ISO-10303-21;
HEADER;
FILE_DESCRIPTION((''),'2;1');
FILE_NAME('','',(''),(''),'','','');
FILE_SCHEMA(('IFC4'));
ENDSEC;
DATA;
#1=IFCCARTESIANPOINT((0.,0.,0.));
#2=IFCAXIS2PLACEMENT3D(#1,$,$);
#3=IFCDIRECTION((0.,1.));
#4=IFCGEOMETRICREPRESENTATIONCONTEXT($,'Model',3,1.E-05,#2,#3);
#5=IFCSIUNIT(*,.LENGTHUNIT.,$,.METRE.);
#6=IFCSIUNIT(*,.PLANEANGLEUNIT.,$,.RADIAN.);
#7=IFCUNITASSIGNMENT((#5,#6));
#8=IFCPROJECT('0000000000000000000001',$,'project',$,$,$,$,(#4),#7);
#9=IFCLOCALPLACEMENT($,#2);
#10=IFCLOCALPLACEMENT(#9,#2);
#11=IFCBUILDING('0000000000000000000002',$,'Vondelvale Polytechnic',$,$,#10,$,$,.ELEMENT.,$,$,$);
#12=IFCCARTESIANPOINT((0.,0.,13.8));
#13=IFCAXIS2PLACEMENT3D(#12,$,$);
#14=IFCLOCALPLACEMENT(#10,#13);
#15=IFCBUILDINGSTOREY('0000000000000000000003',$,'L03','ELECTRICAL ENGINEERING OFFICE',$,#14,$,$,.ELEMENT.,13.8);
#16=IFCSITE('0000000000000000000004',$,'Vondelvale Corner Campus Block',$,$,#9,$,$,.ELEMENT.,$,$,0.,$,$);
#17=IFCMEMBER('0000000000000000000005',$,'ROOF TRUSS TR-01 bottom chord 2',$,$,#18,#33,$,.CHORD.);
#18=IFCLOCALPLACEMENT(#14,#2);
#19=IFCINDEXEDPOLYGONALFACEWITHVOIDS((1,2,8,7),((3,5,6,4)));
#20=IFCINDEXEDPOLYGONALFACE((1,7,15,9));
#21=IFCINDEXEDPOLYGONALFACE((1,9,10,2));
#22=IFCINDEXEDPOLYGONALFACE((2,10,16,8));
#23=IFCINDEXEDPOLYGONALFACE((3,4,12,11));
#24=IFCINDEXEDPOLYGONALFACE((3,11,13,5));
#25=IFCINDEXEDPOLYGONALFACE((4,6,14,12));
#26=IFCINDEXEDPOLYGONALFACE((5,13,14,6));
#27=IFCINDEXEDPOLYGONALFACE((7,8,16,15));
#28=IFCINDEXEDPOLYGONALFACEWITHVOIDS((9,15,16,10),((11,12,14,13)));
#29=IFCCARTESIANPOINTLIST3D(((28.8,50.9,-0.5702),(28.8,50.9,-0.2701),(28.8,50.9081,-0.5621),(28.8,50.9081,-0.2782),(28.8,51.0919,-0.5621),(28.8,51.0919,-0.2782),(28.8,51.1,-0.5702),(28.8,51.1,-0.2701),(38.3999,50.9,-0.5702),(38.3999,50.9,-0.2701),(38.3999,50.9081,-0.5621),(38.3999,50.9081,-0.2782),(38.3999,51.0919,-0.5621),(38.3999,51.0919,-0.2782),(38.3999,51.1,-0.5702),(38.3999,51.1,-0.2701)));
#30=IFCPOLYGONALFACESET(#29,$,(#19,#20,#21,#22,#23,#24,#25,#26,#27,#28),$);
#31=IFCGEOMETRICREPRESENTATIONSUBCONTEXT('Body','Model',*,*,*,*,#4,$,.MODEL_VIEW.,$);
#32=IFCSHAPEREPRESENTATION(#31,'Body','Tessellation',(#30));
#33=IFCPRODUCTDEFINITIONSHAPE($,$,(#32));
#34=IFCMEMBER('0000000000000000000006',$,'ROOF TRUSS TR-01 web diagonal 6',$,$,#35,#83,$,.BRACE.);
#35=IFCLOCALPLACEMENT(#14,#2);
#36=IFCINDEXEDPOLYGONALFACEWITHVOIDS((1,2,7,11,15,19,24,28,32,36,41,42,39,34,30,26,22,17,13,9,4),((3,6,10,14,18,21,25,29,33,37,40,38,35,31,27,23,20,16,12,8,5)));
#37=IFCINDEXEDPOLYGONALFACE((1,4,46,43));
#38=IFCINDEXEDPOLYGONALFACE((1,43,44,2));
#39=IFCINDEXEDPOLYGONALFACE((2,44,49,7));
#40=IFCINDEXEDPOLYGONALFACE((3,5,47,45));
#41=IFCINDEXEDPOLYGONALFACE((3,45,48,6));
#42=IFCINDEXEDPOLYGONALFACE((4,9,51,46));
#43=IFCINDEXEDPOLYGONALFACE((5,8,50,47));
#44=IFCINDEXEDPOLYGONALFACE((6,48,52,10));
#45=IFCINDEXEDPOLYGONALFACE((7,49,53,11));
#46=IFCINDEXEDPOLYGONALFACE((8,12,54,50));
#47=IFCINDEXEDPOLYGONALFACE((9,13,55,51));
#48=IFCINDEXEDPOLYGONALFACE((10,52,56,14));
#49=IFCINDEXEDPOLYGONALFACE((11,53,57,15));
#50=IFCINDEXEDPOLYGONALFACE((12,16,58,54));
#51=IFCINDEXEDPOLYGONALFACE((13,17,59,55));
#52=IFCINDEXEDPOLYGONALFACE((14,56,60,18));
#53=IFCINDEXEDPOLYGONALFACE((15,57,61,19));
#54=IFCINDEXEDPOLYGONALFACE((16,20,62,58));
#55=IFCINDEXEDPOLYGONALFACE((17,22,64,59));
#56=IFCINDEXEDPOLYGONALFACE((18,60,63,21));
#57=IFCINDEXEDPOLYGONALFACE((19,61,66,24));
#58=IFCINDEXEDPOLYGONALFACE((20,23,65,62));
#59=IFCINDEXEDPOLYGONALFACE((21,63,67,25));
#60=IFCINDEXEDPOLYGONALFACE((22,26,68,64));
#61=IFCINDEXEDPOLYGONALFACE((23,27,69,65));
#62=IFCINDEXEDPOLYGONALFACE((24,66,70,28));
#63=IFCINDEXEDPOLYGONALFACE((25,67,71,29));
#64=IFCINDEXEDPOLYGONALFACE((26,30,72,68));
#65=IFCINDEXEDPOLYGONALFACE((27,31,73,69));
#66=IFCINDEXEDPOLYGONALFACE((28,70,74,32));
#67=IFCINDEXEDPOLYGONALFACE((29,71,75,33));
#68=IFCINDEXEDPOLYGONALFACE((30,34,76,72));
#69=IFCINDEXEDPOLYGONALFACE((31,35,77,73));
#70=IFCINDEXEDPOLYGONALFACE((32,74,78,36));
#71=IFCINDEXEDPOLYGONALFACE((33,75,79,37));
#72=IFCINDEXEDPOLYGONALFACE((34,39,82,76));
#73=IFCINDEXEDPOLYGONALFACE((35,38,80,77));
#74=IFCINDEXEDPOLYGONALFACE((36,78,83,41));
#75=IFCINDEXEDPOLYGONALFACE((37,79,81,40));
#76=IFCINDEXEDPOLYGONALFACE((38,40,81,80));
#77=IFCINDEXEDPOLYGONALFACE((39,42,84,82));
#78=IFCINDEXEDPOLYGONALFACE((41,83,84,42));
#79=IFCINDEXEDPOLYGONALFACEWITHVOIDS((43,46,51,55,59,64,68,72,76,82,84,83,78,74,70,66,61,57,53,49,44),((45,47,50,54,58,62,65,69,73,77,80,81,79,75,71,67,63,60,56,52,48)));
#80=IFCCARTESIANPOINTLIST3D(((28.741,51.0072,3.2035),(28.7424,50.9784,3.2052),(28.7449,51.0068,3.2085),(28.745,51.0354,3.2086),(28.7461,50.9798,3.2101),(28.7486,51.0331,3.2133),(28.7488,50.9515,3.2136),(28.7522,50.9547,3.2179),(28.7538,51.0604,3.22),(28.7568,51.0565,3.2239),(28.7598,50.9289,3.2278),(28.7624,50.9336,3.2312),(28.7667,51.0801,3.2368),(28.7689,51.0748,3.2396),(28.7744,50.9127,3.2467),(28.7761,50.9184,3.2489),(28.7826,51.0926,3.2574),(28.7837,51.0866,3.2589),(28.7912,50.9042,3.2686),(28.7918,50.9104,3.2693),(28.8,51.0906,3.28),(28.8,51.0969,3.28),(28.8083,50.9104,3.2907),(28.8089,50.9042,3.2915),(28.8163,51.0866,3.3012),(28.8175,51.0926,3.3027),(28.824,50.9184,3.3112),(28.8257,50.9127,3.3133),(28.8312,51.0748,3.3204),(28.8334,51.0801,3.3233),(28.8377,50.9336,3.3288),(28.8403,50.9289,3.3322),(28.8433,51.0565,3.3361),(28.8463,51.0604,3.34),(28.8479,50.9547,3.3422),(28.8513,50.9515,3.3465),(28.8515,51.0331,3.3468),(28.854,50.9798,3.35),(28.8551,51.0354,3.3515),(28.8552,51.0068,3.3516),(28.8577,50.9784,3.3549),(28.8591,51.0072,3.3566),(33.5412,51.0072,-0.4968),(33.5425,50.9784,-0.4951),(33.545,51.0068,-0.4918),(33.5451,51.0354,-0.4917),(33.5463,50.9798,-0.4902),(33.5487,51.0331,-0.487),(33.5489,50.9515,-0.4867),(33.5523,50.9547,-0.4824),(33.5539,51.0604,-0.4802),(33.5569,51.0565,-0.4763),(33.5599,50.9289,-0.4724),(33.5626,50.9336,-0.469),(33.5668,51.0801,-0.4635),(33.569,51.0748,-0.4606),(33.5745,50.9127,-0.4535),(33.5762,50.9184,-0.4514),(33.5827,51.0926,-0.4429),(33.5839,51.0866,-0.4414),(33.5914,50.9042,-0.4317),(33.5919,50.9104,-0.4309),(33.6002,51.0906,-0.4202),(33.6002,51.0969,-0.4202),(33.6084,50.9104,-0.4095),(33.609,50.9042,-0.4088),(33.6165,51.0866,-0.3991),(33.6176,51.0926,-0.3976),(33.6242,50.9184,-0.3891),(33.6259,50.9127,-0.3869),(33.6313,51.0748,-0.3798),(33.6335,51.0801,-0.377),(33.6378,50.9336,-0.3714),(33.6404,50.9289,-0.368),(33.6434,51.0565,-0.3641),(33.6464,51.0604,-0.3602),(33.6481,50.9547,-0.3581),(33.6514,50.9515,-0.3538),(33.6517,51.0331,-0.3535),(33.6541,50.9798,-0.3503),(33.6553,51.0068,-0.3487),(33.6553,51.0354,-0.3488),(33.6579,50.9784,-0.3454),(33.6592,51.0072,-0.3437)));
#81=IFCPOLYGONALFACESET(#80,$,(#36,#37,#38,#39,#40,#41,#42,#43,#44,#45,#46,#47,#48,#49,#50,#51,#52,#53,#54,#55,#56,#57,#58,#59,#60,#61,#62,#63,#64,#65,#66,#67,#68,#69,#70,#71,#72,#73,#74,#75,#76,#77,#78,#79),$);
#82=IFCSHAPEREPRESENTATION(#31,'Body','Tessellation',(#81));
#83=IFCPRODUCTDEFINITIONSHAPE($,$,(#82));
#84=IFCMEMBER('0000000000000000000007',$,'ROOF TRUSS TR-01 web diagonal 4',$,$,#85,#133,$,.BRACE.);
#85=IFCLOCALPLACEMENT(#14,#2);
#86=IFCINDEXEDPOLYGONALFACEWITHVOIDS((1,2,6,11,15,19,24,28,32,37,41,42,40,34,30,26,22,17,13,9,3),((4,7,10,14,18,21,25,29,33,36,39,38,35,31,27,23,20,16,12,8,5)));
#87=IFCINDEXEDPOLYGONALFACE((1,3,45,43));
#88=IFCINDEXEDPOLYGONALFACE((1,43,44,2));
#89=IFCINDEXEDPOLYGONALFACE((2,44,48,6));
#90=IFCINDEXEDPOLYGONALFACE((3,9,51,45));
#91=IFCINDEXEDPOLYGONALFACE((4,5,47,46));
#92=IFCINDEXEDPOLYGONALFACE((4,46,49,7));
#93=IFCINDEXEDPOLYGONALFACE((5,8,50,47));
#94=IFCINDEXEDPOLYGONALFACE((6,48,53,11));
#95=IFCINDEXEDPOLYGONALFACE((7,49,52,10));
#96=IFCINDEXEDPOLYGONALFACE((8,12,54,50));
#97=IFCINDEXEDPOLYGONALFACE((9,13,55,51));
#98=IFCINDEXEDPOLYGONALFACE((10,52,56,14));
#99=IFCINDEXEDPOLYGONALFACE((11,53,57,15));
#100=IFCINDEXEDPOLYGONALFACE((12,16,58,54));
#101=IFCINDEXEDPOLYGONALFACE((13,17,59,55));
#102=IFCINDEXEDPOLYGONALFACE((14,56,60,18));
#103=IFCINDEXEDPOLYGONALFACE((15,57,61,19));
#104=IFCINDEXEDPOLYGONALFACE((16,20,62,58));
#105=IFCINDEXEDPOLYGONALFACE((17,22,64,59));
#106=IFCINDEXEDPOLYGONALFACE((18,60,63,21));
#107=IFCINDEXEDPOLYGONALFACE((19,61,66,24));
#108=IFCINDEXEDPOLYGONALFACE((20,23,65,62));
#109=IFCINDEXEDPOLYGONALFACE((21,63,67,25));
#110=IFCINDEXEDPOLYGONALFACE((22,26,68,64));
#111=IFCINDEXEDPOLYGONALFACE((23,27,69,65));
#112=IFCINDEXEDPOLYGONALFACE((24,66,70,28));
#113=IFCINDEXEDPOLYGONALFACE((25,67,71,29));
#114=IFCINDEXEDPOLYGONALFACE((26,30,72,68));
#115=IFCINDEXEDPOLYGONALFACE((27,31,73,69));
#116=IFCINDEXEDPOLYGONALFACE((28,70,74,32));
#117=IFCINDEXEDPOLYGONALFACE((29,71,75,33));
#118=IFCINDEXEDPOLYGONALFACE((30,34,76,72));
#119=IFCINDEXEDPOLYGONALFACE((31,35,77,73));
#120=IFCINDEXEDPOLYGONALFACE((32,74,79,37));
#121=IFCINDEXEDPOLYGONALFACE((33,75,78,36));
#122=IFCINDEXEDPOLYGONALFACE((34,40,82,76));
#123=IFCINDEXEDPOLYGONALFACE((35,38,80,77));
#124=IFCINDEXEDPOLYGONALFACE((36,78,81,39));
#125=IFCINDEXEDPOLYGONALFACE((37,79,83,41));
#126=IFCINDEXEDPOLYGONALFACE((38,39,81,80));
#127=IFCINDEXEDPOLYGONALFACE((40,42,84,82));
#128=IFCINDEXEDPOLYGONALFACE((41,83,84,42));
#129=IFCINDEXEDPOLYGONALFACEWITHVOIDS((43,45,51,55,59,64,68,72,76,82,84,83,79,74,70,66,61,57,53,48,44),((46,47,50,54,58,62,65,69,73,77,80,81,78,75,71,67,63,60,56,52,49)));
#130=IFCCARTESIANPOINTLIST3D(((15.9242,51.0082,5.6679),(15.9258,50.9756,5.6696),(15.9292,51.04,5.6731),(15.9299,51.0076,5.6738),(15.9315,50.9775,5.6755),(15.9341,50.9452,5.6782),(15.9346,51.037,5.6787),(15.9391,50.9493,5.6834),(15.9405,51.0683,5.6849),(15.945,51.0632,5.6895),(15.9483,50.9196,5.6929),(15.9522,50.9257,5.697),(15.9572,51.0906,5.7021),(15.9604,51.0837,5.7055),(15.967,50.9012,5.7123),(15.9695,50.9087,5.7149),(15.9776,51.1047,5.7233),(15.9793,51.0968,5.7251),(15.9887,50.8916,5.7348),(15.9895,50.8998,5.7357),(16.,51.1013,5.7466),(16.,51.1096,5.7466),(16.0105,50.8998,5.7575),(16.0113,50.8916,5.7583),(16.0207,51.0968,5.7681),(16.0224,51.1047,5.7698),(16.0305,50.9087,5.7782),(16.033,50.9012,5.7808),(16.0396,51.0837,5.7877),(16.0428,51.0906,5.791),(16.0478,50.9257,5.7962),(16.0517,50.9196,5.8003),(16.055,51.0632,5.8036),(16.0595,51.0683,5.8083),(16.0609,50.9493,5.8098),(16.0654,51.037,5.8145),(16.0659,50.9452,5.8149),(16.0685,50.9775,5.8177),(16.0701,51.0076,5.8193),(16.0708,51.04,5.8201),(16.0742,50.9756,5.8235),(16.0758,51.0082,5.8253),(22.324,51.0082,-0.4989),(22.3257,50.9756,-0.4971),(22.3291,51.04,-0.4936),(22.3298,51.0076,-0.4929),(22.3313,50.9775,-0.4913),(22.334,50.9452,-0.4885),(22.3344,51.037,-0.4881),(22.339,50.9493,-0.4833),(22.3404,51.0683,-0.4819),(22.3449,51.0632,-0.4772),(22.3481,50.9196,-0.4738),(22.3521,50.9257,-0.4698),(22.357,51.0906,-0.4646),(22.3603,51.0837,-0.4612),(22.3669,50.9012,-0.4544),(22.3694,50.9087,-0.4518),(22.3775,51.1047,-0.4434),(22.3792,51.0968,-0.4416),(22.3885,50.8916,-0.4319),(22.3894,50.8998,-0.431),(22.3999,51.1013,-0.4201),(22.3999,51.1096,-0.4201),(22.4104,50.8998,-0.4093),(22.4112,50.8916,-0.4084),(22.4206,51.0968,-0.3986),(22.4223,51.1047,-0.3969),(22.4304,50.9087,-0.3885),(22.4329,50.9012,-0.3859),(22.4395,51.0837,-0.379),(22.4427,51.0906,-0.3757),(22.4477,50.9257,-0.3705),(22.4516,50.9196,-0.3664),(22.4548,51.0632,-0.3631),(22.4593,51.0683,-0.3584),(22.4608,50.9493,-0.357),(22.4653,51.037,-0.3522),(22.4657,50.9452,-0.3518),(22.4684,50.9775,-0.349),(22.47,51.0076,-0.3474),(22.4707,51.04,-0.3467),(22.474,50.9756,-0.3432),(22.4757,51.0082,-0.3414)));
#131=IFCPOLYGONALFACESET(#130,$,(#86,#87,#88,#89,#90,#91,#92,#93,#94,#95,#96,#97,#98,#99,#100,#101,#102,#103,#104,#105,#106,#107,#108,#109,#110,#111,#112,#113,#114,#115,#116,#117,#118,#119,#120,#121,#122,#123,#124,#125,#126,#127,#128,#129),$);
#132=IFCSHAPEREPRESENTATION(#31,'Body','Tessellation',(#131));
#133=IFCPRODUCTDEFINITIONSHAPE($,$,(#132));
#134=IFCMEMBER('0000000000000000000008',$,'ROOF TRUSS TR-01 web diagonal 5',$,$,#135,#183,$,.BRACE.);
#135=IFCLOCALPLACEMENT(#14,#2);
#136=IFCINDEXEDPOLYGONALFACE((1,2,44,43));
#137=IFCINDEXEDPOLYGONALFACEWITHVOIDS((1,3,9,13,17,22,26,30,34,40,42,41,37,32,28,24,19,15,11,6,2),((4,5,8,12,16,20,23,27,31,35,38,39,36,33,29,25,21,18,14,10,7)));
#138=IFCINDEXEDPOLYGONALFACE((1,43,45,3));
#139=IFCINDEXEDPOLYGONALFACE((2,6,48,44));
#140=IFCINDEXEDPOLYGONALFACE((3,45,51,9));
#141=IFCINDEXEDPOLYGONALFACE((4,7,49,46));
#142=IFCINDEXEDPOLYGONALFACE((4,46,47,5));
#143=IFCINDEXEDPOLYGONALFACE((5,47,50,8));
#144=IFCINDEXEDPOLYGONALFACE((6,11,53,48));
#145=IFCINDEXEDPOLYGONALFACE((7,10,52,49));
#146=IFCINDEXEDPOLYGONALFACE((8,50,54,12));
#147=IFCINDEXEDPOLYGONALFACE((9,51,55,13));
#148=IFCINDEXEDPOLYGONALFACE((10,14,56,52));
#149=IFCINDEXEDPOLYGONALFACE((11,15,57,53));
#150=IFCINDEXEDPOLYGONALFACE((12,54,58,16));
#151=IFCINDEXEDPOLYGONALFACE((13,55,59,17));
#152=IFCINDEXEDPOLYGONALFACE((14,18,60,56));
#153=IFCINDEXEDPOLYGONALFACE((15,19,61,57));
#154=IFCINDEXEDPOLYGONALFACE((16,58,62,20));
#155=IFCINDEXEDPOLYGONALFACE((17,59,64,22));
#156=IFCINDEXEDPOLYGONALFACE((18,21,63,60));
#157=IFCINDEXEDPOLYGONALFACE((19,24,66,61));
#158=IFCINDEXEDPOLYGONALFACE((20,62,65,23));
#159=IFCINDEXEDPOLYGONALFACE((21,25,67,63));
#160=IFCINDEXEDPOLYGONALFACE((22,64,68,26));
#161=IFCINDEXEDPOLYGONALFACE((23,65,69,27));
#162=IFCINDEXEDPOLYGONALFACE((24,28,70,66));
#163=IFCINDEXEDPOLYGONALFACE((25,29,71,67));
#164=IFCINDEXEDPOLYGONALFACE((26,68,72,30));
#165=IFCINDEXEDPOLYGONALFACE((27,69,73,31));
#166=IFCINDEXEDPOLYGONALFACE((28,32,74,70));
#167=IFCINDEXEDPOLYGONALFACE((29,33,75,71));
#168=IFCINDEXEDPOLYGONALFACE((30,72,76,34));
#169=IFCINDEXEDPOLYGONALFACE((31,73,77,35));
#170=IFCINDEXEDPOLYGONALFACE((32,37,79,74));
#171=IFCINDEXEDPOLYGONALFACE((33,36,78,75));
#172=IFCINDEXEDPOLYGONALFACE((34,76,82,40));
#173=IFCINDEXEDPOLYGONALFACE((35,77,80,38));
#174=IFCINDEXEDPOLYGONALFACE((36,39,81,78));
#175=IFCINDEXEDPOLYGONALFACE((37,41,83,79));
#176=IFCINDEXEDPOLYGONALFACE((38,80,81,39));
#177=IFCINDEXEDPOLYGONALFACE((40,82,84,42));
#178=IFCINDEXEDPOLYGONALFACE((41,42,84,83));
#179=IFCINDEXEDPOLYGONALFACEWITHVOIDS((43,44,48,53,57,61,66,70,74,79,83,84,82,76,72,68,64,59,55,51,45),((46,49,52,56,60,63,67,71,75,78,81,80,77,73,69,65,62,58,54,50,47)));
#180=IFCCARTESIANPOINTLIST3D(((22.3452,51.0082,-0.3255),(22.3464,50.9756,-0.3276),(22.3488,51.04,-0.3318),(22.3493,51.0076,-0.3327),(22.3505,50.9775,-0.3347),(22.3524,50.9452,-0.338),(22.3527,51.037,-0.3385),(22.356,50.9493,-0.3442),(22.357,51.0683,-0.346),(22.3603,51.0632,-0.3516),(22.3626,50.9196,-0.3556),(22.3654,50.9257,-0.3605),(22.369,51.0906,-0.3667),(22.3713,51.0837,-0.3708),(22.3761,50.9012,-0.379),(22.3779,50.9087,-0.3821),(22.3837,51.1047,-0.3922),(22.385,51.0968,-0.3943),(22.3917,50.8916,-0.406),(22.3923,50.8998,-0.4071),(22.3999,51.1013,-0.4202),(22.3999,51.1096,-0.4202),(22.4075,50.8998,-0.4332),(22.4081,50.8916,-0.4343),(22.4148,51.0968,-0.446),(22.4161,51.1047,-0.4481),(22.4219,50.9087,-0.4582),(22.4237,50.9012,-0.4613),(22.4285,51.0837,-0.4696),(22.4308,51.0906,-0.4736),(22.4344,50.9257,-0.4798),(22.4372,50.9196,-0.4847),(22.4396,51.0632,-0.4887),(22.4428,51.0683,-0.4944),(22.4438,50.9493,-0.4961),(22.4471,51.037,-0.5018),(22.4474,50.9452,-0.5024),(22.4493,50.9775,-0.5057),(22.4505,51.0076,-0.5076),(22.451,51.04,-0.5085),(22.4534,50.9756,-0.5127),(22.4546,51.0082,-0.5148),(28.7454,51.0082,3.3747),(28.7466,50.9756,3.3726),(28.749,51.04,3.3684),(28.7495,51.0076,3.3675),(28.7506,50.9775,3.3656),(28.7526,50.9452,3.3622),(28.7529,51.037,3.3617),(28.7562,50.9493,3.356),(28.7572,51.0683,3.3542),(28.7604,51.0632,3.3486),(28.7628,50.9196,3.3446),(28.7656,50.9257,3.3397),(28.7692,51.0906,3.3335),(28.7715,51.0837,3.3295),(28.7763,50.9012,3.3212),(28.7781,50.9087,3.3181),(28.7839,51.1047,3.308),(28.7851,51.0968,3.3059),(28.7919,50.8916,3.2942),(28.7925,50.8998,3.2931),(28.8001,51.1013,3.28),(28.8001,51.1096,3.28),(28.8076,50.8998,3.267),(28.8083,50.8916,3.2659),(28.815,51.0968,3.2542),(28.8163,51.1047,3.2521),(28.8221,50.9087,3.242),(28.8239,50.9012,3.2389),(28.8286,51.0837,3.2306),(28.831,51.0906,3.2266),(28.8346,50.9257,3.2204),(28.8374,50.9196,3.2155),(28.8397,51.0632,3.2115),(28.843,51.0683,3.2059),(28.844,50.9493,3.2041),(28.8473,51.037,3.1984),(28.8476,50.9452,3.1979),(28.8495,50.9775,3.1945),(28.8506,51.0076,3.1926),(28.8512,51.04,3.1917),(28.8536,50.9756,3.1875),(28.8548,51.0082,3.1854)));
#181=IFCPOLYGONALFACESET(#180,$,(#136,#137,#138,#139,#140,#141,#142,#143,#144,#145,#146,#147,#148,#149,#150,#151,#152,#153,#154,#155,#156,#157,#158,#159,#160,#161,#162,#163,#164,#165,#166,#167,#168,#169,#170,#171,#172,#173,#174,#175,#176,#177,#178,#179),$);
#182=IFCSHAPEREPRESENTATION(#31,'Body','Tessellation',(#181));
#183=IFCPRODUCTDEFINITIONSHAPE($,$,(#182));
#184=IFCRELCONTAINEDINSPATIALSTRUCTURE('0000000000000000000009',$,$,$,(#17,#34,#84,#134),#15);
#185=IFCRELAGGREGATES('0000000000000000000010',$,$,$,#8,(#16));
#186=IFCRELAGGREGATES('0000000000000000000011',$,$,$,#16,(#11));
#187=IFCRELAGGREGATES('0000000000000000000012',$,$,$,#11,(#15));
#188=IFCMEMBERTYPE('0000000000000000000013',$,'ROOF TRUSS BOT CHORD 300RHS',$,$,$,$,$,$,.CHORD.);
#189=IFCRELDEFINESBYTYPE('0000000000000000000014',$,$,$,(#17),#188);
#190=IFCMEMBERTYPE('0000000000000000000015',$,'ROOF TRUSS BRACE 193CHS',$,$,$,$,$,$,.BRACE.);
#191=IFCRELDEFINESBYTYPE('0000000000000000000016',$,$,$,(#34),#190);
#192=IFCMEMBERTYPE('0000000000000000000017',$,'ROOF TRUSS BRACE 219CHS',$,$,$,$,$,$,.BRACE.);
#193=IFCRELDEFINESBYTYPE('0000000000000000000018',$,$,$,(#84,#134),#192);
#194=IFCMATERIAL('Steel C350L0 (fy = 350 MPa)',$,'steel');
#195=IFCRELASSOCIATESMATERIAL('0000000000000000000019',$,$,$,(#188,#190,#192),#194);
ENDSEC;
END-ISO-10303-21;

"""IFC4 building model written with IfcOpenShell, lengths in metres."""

from ifc_helpers import new_model, si_unit, direction, frame, origin, origin_2d, place, context, subcontext, project, spatial, hollow_rectangle, hollow_circle, extrude, material, material_profile, profile_set, type_object, element, save


model = new_model("IFC4")

# Units and contexts
model_context = context("Model", 3, precision=1e-05, world=origin(), true_north=direction((0.0, 1.0)))
body_context = subcontext(model_context, "Body", "Model", "MODEL_VIEW")
ifc_project = project(units=[si_unit("LENGTHUNIT", "METRE"), si_unit("PLANEANGLEUNIT", "RADIAN")], contexts=[model_context])

# Site, building, storey
site_placement = place(None, origin())
site = spatial("IfcSite", under=ifc_project, at=site_placement, Name="Vondelvale Corner Campus Block", CompositionType="ELEMENT", RefElevation=0.0)
building_placement = place(site_placement, origin())
building = spatial("IfcBuilding", under=site, at=building_placement, Name="Vondelvale Polytechnic", CompositionType="ELEMENT")
storey_placement = place(building_placement, frame((0.0, 0.0, 13.8)))
storey = spatial("IfcBuildingStorey", under=building, at=storey_placement, Name="L03", Description="ELECTRICAL ENGINEERING OFFICE", CompositionType="ELEMENT", Elevation=13.8)

# Members
ifc_material_1 = material(Name="Steel C350L0 (fy = 350 MPa)", Category="steel")
ifc_material_profile_1 = material_profile(ifc_material_1, hollow_rectangle(XDim=0.2, YDim=0.3, WallThickness=0.0081, at=origin_2d()), Name="300x200x8.0RHS")
ifc_profile_set_1 = profile_set([ifc_material_profile_1], Name="Steel C350L0 (fy = 350 MPa)")
member_type_1 = type_object("IfcMemberType", Name="ROOF TRUSS BOT CHORD 300RHS", PredefinedType="CHORD", material=ifc_profile_set_1)
member_1_placement = place(storey_placement, frame((28.8, 51.0, -0.4202), z_axis=(1.0, 0.0, 0.0), x_axis=(0.0, 1.0, 0.0)))
element("IfcMember", 1, at=member_1_placement, inside=storey, type_object=member_type_1, Name="ROOF TRUSS TR-01 bottom chord 2", PredefinedType="CHORD", context=body_context, shape_type="SweptSolid", body=[
    extrude(hollow_rectangle(XDim=0.2, YDim=0.3, WallThickness=0.0081, at=origin_2d()), origin(), (0.0, 0.0, 1.0), 9.5999),
])
ifc_material_profile_2 = material_profile(ifc_material_1, hollow_circle(Radius=0.0969, WallThickness=0.0063, at=origin_2d()), Name="193.7x6.4CHS")
ifc_profile_set_2 = profile_set([ifc_material_profile_2], Name="Steel C350L0 (fy = 350 MPa)")
member_type_2 = type_object("IfcMemberType", Name="ROOF TRUSS BRACE 193CHS", PredefinedType="BRACE", material=ifc_profile_set_2)
member_2_placement = place(storey_placement, frame((28.8, 51.0, 3.28), z_axis=(0.791998, 0.0, -0.610524), x_axis=(0.0, 1.0, 0.0)))
element("IfcMember", 2, at=member_2_placement, inside=storey, type_object=member_type_2, Name="ROOF TRUSS TR-01 web diagonal 6", PredefinedType="BRACE", context=body_context, shape_type="SweptSolid", body=[
    extrude(hollow_circle(Radius=0.0969, WallThickness=0.0063, at=origin_2d()), origin(), (0.0, 0.0, 1.0), 6.0608),
])
ifc_material_profile_3 = material_profile(ifc_material_1, hollow_circle(Radius=0.1096, WallThickness=0.0083, at=origin_2d()), Name="219.1x8.2CHS")
ifc_profile_set_3 = profile_set([ifc_material_profile_3], Name="Steel C350L0 (fy = 350 MPa)")
member_type_3 = type_object("IfcMemberType", Name="ROOF TRUSS BRACE 219CHS", PredefinedType="BRACE", material=ifc_profile_set_3)
member_3_placement = place(storey_placement, frame((16.0, 51.0, 5.7466), z_axis=(0.720102, 0.0, -0.693868), x_axis=(0.0, 1.0, 0.0)))
element("IfcMember", 3, at=member_3_placement, inside=storey, type_object=member_type_3, Name="ROOF TRUSS TR-01 web diagonal 4", PredefinedType="BRACE", context=body_context, shape_type="SweptSolid", body=[
    extrude(hollow_circle(Radius=0.1096, WallThickness=0.0083, at=origin_2d()), origin(), (0.0, 0.0, 1.0), 8.8875),
])
member_4_placement = place(storey_placement, frame((22.3999, 51.0, -0.4202), z_axis=(0.865728, 0.0, 0.500514), x_axis=(0.0, 1.0, 0.0)))
element("IfcMember", 4, at=member_4_placement, inside=storey, type_object=member_type_3, Name="ROOF TRUSS TR-01 web diagonal 5", PredefinedType="BRACE", context=body_context, shape_type="SweptSolid", body=[
    extrude(hollow_circle(Radius=0.1096, WallThickness=0.0083, at=origin_2d()), origin(), (0.0, 0.0, 1.0), 7.3928),
])

save(model, "model.ifc")
